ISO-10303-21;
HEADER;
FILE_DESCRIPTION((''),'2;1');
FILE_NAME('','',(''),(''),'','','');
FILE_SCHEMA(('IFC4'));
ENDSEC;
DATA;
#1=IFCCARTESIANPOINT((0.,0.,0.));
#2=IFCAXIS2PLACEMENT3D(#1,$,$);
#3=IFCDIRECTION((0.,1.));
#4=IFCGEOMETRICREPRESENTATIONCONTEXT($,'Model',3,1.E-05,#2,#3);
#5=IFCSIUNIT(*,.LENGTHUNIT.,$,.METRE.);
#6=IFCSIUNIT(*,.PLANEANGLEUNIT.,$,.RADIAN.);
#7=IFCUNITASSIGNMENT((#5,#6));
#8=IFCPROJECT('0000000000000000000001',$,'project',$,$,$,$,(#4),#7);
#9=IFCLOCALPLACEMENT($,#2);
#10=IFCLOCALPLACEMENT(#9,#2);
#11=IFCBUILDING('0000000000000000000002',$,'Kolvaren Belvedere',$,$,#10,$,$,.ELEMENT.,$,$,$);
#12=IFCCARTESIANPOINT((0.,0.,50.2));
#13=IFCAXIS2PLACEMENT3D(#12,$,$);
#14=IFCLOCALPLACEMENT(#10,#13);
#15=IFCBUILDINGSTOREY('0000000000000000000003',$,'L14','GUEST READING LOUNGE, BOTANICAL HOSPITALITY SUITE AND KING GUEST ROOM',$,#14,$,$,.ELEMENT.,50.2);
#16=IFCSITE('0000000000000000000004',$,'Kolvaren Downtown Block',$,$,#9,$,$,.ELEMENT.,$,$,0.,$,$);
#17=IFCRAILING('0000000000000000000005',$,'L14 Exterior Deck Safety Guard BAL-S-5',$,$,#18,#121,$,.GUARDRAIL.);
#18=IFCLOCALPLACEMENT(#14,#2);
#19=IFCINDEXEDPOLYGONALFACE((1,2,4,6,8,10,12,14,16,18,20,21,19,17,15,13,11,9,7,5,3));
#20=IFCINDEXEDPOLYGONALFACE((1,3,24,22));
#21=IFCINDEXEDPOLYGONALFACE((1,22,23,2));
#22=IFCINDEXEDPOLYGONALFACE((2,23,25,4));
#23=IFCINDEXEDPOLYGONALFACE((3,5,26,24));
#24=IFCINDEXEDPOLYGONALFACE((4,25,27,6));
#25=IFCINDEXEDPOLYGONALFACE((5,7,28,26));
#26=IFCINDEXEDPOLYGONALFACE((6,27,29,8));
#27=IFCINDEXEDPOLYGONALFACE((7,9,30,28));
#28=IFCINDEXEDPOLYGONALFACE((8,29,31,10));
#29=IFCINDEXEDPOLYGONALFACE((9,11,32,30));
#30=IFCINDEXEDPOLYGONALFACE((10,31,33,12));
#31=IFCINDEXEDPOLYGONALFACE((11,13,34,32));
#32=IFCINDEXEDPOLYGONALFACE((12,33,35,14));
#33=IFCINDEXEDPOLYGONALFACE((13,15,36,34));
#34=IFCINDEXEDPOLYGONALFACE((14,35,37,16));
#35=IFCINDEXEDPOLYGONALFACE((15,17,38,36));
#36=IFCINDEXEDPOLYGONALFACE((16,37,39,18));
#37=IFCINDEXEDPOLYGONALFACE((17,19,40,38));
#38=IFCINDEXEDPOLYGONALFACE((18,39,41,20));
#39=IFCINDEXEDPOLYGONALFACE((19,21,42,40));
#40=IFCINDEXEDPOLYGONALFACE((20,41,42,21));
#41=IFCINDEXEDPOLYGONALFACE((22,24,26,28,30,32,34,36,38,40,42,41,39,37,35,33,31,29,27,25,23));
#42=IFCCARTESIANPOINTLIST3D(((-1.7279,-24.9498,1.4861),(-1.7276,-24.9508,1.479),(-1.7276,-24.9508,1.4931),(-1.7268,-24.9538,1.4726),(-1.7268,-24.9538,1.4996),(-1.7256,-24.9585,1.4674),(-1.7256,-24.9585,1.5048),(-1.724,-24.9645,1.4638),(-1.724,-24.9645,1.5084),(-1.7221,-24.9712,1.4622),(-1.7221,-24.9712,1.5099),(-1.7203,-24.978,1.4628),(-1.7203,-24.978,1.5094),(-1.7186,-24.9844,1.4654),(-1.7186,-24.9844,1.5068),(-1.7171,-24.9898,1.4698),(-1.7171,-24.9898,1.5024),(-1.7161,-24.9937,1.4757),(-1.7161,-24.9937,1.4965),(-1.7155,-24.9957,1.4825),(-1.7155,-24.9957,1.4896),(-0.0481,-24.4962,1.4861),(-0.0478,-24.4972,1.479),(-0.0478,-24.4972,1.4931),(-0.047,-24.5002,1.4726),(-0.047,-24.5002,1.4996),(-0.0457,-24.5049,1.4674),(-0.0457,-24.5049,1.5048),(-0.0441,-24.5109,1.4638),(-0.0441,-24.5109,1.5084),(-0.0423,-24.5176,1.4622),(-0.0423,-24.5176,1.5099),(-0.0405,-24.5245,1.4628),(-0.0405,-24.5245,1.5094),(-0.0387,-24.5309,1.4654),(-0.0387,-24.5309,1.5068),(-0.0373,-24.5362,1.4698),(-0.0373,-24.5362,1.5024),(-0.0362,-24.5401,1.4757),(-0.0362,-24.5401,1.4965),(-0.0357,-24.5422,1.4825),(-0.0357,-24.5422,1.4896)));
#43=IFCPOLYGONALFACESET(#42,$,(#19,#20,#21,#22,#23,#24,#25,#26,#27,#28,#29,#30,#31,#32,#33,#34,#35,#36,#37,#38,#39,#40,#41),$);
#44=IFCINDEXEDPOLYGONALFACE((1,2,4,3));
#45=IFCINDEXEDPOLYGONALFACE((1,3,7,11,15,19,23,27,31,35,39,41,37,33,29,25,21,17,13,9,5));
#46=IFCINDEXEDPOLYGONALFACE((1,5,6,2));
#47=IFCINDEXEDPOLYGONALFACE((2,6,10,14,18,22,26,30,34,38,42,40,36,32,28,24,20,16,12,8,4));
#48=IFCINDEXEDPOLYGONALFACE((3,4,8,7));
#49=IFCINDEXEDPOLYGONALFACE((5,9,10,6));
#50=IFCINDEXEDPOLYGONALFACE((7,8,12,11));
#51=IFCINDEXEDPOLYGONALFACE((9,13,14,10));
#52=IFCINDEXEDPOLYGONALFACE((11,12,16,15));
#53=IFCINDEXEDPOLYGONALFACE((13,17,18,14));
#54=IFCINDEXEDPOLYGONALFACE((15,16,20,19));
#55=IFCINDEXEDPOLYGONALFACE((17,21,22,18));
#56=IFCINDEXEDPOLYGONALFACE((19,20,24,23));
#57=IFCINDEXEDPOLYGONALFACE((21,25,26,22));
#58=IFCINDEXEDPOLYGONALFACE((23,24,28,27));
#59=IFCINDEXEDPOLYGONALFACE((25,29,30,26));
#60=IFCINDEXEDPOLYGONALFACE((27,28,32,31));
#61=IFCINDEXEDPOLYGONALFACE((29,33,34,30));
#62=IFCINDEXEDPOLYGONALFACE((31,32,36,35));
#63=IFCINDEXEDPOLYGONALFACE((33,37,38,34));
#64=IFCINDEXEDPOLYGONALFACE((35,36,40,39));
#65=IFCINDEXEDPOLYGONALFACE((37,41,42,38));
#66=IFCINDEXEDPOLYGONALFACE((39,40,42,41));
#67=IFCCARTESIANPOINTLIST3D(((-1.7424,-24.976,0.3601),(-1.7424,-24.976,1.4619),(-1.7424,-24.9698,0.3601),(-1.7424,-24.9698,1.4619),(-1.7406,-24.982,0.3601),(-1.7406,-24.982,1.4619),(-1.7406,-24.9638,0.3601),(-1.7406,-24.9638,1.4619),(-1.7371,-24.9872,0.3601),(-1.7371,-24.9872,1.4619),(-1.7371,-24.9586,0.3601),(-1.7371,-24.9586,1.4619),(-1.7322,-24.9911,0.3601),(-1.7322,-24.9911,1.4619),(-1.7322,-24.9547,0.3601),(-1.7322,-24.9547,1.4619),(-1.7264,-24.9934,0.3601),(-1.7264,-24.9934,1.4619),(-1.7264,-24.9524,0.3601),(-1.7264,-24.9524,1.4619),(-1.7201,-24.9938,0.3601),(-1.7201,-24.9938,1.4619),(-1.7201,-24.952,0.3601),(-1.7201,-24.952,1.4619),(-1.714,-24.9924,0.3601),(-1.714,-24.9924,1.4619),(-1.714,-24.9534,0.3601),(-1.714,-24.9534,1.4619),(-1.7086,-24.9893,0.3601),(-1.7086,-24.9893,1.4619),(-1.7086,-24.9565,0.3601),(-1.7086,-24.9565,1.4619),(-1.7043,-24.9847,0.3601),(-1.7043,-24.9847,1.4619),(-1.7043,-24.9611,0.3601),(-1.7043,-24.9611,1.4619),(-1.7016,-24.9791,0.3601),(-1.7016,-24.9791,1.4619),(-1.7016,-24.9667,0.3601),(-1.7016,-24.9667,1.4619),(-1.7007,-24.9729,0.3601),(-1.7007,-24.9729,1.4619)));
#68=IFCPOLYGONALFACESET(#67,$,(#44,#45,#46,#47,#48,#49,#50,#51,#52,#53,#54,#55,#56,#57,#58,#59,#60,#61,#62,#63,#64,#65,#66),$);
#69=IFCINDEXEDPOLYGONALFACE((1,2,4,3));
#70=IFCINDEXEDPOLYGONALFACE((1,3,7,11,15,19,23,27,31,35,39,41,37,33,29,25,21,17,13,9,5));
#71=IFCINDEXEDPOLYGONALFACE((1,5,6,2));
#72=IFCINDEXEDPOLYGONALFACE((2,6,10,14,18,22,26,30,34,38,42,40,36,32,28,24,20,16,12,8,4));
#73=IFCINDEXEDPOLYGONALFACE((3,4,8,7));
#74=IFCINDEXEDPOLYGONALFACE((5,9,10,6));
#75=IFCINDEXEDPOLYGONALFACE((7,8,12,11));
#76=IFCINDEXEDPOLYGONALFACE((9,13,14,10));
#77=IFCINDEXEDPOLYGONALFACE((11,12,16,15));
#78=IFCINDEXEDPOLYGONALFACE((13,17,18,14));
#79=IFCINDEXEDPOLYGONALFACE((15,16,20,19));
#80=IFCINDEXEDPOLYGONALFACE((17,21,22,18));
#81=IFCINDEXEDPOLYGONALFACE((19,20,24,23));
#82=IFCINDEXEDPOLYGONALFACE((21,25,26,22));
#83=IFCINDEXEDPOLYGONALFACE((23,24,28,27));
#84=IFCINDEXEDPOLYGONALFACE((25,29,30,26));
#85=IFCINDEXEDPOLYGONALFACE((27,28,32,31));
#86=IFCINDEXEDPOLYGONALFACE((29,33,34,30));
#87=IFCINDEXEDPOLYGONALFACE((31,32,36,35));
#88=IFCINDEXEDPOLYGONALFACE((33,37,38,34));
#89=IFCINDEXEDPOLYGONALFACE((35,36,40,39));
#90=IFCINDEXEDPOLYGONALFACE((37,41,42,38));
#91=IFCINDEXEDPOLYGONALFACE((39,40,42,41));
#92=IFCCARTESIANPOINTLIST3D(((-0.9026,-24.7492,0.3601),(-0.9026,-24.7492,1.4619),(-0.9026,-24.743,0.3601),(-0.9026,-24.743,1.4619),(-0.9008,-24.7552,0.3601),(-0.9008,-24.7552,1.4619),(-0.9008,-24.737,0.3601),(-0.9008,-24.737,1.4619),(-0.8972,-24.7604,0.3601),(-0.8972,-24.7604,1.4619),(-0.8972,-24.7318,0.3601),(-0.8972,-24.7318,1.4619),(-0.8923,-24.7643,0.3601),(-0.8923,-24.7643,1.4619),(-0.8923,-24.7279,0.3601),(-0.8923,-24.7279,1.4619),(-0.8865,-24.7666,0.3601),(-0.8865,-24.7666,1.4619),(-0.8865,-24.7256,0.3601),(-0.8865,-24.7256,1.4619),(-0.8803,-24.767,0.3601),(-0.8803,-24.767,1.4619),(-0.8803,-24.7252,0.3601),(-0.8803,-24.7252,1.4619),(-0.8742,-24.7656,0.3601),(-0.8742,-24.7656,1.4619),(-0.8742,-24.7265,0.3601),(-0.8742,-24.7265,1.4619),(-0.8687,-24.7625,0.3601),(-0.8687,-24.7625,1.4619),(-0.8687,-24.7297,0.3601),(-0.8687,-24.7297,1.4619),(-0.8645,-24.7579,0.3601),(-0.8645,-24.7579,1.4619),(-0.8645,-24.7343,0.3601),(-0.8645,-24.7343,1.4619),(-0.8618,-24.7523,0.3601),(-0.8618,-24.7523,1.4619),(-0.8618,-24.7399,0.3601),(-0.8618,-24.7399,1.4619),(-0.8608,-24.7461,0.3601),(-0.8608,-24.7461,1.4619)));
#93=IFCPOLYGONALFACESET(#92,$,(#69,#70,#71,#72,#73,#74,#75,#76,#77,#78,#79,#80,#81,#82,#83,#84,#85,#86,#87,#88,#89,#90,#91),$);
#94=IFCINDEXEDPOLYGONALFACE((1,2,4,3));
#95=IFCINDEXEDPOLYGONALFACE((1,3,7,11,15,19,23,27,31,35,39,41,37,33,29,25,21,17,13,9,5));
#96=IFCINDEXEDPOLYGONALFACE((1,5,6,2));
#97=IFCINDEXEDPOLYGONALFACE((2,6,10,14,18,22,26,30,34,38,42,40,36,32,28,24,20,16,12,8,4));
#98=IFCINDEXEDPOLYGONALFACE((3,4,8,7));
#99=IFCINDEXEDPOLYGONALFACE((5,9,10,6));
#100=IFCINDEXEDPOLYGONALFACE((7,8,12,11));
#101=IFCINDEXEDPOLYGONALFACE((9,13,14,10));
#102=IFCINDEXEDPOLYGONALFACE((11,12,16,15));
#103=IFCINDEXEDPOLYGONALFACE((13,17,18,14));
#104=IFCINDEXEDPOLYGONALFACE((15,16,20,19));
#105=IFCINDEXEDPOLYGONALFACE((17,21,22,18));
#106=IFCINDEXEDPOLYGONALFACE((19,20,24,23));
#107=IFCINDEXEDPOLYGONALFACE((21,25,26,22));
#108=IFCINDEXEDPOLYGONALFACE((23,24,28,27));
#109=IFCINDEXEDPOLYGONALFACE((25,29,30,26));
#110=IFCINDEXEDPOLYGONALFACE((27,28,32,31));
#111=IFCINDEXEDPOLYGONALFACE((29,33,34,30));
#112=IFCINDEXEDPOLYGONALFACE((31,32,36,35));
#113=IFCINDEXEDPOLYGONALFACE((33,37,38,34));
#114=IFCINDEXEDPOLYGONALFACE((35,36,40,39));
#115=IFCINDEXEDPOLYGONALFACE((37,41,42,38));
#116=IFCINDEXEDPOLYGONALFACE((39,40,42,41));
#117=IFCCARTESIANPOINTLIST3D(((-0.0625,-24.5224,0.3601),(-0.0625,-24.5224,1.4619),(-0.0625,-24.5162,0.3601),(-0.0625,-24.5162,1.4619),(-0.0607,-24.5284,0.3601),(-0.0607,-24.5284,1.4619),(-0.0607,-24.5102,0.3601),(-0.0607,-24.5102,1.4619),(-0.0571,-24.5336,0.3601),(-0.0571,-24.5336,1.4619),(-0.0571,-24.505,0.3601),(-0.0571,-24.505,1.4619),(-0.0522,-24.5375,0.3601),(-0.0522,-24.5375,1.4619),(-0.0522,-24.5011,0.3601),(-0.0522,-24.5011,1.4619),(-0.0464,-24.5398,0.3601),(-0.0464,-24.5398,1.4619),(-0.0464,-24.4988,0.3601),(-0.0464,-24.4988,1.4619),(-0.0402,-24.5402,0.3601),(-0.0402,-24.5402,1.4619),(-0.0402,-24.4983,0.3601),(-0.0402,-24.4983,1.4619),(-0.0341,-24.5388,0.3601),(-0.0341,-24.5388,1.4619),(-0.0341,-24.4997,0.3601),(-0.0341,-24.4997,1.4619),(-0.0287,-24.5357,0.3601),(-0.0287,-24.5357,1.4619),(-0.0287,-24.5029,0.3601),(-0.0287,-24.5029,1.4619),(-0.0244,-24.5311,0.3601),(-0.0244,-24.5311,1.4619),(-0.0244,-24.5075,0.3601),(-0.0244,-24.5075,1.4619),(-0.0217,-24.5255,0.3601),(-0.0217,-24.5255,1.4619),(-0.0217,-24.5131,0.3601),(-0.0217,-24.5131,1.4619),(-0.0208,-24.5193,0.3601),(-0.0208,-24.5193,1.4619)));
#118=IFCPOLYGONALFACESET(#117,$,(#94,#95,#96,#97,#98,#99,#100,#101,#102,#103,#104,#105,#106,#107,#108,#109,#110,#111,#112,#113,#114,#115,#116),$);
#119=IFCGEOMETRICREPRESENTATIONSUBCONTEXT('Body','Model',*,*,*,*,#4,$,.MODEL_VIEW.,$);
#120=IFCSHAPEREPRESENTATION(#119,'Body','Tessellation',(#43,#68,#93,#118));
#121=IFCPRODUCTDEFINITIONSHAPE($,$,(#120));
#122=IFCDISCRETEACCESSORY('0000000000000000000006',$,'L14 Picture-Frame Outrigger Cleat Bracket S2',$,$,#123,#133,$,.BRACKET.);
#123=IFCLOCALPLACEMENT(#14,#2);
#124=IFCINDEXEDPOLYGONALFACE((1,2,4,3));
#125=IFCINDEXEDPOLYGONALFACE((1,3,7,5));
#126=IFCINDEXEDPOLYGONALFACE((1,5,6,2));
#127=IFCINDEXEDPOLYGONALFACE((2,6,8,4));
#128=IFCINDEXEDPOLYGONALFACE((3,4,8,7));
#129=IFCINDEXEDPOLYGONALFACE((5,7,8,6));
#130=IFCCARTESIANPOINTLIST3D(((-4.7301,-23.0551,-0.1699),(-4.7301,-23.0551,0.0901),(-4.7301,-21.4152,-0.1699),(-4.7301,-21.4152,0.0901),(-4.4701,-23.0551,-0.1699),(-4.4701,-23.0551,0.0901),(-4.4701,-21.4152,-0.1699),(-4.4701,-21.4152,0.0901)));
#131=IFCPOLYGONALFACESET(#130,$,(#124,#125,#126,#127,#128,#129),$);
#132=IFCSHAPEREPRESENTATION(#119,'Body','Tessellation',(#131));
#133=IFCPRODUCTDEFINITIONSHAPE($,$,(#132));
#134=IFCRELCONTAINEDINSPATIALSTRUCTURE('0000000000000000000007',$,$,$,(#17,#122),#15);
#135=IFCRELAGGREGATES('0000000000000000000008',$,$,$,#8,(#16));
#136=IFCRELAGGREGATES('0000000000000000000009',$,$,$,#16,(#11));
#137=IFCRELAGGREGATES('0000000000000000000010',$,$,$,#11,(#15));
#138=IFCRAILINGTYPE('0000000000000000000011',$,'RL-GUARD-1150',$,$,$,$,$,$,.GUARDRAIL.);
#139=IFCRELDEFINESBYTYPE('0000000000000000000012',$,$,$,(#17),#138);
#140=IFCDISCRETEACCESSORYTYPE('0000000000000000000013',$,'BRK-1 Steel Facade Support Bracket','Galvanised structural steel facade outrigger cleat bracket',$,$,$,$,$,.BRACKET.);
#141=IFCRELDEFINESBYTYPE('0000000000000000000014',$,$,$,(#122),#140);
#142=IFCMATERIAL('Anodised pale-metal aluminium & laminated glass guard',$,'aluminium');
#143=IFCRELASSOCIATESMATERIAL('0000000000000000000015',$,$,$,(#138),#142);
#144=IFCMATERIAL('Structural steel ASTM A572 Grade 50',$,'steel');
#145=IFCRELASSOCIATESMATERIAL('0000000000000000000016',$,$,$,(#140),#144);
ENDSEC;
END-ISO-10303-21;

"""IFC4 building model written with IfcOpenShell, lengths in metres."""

from ifc_helpers import new_model, si_unit, direction, frame, origin, origin_2d, place, context, subcontext, project, spatial, rectangle, circle, extrude, material, type_object, element, save


model = new_model("IFC4")

# Units and contexts
model_context = context("Model", 3, precision=1e-05, world=origin(), true_north=direction((0.0, 1.0)))
body_context = subcontext(model_context, "Body", "Model", "MODEL_VIEW")
ifc_project = project(units=[si_unit("LENGTHUNIT", "METRE"), si_unit("PLANEANGLEUNIT", "RADIAN")], contexts=[model_context])

# Site, building, storey
site_placement = place(None, origin())
site = spatial("IfcSite", under=ifc_project, at=site_placement, Name="Kolvaren Downtown Block", CompositionType="ELEMENT", RefElevation=0.0)
building_placement = place(site_placement, origin())
building = spatial("IfcBuilding", under=site, at=building_placement, Name="Kolvaren Belvedere", CompositionType="ELEMENT")
storey_placement = place(building_placement, frame((0.0, 0.0, 50.2)))
storey = spatial("IfcBuildingStorey", under=building, at=storey_placement, Name="L14", Description="GUEST READING LOUNGE, BOTANICAL HOSPITALITY SUITE AND KING GUEST ROOM", CompositionType="ELEMENT", Elevation=50.2)

# Railing
ifc_material_1 = material(Name="Anodised pale-metal aluminium & laminated glass guard", Category="aluminium")
railing_type = type_object("IfcRailingType", Name="RL-GUARD-1150", PredefinedType="GUARDRAIL", material=ifc_material_1)
railing_1_placement = place(storey_placement, frame((-1.7217, -24.9729, 0.3601)))
element("IfcRailing", 1, at=railing_1_placement, inside=storey, type_object=railing_type, Name="L14 Exterior Deck Safety Guard BAL-S-5", PredefinedType="GUARDRAIL", context=body_context, shape_type="SweptSolid", body=[
    extrude(circle(Radius=0.0239, at=origin_2d()), frame((0.0, 0.0, 1.126), z_axis=(0.965424, 0.260683, 0.0), x_axis=(-0.260683, 0.965424, 0.0)), (0.0, 0.0, 1.0), 1.74),
    extrude(circle(Radius=0.021, at=origin_2d()), origin(), (0.0, 0.0, 1.0), 1.1018),
    extrude(circle(Radius=0.021, at=origin_2d()), frame((0.8398, 0.2268, 0.0)), (0.0, 0.0, 1.0), 1.1018),
    extrude(circle(Radius=0.021, at=origin_2d()), frame((1.6799, 0.4536, 0.0)), (0.0, 0.0, 1.0), 1.1018),
])

# Discrete accessory
ifc_material_2 = material(Name="Structural steel ASTM A572 Grade 50", Category="steel")
discrete_accessory_type = type_object("IfcDiscreteAccessoryType", Name="BRK-1 Steel Facade Support Bracket", Description="Galvanised structural steel facade outrigger cleat bracket", PredefinedType="BRACKET", material=ifc_material_2)
discrete_accessory_placement = place(storey_placement, frame((-4.6001, -22.2351, -0.1699), z_axis=(0.0, 0.0, 1.0), x_axis=(0.0, 1.0, 0.0)))
element("IfcDiscreteAccessory", 2, at=discrete_accessory_placement, inside=storey, type_object=discrete_accessory_type, Name="L14 Picture-Frame Outrigger Cleat Bracket S2", PredefinedType="BRACKET", context=body_context, shape_type="SweptSolid", body=[
    extrude(rectangle(XDim=1.6399, YDim=0.26, at=origin_2d()), origin(), (0.0, 0.0, 1.0), 0.26),
])

save(model, "model.ifc")
